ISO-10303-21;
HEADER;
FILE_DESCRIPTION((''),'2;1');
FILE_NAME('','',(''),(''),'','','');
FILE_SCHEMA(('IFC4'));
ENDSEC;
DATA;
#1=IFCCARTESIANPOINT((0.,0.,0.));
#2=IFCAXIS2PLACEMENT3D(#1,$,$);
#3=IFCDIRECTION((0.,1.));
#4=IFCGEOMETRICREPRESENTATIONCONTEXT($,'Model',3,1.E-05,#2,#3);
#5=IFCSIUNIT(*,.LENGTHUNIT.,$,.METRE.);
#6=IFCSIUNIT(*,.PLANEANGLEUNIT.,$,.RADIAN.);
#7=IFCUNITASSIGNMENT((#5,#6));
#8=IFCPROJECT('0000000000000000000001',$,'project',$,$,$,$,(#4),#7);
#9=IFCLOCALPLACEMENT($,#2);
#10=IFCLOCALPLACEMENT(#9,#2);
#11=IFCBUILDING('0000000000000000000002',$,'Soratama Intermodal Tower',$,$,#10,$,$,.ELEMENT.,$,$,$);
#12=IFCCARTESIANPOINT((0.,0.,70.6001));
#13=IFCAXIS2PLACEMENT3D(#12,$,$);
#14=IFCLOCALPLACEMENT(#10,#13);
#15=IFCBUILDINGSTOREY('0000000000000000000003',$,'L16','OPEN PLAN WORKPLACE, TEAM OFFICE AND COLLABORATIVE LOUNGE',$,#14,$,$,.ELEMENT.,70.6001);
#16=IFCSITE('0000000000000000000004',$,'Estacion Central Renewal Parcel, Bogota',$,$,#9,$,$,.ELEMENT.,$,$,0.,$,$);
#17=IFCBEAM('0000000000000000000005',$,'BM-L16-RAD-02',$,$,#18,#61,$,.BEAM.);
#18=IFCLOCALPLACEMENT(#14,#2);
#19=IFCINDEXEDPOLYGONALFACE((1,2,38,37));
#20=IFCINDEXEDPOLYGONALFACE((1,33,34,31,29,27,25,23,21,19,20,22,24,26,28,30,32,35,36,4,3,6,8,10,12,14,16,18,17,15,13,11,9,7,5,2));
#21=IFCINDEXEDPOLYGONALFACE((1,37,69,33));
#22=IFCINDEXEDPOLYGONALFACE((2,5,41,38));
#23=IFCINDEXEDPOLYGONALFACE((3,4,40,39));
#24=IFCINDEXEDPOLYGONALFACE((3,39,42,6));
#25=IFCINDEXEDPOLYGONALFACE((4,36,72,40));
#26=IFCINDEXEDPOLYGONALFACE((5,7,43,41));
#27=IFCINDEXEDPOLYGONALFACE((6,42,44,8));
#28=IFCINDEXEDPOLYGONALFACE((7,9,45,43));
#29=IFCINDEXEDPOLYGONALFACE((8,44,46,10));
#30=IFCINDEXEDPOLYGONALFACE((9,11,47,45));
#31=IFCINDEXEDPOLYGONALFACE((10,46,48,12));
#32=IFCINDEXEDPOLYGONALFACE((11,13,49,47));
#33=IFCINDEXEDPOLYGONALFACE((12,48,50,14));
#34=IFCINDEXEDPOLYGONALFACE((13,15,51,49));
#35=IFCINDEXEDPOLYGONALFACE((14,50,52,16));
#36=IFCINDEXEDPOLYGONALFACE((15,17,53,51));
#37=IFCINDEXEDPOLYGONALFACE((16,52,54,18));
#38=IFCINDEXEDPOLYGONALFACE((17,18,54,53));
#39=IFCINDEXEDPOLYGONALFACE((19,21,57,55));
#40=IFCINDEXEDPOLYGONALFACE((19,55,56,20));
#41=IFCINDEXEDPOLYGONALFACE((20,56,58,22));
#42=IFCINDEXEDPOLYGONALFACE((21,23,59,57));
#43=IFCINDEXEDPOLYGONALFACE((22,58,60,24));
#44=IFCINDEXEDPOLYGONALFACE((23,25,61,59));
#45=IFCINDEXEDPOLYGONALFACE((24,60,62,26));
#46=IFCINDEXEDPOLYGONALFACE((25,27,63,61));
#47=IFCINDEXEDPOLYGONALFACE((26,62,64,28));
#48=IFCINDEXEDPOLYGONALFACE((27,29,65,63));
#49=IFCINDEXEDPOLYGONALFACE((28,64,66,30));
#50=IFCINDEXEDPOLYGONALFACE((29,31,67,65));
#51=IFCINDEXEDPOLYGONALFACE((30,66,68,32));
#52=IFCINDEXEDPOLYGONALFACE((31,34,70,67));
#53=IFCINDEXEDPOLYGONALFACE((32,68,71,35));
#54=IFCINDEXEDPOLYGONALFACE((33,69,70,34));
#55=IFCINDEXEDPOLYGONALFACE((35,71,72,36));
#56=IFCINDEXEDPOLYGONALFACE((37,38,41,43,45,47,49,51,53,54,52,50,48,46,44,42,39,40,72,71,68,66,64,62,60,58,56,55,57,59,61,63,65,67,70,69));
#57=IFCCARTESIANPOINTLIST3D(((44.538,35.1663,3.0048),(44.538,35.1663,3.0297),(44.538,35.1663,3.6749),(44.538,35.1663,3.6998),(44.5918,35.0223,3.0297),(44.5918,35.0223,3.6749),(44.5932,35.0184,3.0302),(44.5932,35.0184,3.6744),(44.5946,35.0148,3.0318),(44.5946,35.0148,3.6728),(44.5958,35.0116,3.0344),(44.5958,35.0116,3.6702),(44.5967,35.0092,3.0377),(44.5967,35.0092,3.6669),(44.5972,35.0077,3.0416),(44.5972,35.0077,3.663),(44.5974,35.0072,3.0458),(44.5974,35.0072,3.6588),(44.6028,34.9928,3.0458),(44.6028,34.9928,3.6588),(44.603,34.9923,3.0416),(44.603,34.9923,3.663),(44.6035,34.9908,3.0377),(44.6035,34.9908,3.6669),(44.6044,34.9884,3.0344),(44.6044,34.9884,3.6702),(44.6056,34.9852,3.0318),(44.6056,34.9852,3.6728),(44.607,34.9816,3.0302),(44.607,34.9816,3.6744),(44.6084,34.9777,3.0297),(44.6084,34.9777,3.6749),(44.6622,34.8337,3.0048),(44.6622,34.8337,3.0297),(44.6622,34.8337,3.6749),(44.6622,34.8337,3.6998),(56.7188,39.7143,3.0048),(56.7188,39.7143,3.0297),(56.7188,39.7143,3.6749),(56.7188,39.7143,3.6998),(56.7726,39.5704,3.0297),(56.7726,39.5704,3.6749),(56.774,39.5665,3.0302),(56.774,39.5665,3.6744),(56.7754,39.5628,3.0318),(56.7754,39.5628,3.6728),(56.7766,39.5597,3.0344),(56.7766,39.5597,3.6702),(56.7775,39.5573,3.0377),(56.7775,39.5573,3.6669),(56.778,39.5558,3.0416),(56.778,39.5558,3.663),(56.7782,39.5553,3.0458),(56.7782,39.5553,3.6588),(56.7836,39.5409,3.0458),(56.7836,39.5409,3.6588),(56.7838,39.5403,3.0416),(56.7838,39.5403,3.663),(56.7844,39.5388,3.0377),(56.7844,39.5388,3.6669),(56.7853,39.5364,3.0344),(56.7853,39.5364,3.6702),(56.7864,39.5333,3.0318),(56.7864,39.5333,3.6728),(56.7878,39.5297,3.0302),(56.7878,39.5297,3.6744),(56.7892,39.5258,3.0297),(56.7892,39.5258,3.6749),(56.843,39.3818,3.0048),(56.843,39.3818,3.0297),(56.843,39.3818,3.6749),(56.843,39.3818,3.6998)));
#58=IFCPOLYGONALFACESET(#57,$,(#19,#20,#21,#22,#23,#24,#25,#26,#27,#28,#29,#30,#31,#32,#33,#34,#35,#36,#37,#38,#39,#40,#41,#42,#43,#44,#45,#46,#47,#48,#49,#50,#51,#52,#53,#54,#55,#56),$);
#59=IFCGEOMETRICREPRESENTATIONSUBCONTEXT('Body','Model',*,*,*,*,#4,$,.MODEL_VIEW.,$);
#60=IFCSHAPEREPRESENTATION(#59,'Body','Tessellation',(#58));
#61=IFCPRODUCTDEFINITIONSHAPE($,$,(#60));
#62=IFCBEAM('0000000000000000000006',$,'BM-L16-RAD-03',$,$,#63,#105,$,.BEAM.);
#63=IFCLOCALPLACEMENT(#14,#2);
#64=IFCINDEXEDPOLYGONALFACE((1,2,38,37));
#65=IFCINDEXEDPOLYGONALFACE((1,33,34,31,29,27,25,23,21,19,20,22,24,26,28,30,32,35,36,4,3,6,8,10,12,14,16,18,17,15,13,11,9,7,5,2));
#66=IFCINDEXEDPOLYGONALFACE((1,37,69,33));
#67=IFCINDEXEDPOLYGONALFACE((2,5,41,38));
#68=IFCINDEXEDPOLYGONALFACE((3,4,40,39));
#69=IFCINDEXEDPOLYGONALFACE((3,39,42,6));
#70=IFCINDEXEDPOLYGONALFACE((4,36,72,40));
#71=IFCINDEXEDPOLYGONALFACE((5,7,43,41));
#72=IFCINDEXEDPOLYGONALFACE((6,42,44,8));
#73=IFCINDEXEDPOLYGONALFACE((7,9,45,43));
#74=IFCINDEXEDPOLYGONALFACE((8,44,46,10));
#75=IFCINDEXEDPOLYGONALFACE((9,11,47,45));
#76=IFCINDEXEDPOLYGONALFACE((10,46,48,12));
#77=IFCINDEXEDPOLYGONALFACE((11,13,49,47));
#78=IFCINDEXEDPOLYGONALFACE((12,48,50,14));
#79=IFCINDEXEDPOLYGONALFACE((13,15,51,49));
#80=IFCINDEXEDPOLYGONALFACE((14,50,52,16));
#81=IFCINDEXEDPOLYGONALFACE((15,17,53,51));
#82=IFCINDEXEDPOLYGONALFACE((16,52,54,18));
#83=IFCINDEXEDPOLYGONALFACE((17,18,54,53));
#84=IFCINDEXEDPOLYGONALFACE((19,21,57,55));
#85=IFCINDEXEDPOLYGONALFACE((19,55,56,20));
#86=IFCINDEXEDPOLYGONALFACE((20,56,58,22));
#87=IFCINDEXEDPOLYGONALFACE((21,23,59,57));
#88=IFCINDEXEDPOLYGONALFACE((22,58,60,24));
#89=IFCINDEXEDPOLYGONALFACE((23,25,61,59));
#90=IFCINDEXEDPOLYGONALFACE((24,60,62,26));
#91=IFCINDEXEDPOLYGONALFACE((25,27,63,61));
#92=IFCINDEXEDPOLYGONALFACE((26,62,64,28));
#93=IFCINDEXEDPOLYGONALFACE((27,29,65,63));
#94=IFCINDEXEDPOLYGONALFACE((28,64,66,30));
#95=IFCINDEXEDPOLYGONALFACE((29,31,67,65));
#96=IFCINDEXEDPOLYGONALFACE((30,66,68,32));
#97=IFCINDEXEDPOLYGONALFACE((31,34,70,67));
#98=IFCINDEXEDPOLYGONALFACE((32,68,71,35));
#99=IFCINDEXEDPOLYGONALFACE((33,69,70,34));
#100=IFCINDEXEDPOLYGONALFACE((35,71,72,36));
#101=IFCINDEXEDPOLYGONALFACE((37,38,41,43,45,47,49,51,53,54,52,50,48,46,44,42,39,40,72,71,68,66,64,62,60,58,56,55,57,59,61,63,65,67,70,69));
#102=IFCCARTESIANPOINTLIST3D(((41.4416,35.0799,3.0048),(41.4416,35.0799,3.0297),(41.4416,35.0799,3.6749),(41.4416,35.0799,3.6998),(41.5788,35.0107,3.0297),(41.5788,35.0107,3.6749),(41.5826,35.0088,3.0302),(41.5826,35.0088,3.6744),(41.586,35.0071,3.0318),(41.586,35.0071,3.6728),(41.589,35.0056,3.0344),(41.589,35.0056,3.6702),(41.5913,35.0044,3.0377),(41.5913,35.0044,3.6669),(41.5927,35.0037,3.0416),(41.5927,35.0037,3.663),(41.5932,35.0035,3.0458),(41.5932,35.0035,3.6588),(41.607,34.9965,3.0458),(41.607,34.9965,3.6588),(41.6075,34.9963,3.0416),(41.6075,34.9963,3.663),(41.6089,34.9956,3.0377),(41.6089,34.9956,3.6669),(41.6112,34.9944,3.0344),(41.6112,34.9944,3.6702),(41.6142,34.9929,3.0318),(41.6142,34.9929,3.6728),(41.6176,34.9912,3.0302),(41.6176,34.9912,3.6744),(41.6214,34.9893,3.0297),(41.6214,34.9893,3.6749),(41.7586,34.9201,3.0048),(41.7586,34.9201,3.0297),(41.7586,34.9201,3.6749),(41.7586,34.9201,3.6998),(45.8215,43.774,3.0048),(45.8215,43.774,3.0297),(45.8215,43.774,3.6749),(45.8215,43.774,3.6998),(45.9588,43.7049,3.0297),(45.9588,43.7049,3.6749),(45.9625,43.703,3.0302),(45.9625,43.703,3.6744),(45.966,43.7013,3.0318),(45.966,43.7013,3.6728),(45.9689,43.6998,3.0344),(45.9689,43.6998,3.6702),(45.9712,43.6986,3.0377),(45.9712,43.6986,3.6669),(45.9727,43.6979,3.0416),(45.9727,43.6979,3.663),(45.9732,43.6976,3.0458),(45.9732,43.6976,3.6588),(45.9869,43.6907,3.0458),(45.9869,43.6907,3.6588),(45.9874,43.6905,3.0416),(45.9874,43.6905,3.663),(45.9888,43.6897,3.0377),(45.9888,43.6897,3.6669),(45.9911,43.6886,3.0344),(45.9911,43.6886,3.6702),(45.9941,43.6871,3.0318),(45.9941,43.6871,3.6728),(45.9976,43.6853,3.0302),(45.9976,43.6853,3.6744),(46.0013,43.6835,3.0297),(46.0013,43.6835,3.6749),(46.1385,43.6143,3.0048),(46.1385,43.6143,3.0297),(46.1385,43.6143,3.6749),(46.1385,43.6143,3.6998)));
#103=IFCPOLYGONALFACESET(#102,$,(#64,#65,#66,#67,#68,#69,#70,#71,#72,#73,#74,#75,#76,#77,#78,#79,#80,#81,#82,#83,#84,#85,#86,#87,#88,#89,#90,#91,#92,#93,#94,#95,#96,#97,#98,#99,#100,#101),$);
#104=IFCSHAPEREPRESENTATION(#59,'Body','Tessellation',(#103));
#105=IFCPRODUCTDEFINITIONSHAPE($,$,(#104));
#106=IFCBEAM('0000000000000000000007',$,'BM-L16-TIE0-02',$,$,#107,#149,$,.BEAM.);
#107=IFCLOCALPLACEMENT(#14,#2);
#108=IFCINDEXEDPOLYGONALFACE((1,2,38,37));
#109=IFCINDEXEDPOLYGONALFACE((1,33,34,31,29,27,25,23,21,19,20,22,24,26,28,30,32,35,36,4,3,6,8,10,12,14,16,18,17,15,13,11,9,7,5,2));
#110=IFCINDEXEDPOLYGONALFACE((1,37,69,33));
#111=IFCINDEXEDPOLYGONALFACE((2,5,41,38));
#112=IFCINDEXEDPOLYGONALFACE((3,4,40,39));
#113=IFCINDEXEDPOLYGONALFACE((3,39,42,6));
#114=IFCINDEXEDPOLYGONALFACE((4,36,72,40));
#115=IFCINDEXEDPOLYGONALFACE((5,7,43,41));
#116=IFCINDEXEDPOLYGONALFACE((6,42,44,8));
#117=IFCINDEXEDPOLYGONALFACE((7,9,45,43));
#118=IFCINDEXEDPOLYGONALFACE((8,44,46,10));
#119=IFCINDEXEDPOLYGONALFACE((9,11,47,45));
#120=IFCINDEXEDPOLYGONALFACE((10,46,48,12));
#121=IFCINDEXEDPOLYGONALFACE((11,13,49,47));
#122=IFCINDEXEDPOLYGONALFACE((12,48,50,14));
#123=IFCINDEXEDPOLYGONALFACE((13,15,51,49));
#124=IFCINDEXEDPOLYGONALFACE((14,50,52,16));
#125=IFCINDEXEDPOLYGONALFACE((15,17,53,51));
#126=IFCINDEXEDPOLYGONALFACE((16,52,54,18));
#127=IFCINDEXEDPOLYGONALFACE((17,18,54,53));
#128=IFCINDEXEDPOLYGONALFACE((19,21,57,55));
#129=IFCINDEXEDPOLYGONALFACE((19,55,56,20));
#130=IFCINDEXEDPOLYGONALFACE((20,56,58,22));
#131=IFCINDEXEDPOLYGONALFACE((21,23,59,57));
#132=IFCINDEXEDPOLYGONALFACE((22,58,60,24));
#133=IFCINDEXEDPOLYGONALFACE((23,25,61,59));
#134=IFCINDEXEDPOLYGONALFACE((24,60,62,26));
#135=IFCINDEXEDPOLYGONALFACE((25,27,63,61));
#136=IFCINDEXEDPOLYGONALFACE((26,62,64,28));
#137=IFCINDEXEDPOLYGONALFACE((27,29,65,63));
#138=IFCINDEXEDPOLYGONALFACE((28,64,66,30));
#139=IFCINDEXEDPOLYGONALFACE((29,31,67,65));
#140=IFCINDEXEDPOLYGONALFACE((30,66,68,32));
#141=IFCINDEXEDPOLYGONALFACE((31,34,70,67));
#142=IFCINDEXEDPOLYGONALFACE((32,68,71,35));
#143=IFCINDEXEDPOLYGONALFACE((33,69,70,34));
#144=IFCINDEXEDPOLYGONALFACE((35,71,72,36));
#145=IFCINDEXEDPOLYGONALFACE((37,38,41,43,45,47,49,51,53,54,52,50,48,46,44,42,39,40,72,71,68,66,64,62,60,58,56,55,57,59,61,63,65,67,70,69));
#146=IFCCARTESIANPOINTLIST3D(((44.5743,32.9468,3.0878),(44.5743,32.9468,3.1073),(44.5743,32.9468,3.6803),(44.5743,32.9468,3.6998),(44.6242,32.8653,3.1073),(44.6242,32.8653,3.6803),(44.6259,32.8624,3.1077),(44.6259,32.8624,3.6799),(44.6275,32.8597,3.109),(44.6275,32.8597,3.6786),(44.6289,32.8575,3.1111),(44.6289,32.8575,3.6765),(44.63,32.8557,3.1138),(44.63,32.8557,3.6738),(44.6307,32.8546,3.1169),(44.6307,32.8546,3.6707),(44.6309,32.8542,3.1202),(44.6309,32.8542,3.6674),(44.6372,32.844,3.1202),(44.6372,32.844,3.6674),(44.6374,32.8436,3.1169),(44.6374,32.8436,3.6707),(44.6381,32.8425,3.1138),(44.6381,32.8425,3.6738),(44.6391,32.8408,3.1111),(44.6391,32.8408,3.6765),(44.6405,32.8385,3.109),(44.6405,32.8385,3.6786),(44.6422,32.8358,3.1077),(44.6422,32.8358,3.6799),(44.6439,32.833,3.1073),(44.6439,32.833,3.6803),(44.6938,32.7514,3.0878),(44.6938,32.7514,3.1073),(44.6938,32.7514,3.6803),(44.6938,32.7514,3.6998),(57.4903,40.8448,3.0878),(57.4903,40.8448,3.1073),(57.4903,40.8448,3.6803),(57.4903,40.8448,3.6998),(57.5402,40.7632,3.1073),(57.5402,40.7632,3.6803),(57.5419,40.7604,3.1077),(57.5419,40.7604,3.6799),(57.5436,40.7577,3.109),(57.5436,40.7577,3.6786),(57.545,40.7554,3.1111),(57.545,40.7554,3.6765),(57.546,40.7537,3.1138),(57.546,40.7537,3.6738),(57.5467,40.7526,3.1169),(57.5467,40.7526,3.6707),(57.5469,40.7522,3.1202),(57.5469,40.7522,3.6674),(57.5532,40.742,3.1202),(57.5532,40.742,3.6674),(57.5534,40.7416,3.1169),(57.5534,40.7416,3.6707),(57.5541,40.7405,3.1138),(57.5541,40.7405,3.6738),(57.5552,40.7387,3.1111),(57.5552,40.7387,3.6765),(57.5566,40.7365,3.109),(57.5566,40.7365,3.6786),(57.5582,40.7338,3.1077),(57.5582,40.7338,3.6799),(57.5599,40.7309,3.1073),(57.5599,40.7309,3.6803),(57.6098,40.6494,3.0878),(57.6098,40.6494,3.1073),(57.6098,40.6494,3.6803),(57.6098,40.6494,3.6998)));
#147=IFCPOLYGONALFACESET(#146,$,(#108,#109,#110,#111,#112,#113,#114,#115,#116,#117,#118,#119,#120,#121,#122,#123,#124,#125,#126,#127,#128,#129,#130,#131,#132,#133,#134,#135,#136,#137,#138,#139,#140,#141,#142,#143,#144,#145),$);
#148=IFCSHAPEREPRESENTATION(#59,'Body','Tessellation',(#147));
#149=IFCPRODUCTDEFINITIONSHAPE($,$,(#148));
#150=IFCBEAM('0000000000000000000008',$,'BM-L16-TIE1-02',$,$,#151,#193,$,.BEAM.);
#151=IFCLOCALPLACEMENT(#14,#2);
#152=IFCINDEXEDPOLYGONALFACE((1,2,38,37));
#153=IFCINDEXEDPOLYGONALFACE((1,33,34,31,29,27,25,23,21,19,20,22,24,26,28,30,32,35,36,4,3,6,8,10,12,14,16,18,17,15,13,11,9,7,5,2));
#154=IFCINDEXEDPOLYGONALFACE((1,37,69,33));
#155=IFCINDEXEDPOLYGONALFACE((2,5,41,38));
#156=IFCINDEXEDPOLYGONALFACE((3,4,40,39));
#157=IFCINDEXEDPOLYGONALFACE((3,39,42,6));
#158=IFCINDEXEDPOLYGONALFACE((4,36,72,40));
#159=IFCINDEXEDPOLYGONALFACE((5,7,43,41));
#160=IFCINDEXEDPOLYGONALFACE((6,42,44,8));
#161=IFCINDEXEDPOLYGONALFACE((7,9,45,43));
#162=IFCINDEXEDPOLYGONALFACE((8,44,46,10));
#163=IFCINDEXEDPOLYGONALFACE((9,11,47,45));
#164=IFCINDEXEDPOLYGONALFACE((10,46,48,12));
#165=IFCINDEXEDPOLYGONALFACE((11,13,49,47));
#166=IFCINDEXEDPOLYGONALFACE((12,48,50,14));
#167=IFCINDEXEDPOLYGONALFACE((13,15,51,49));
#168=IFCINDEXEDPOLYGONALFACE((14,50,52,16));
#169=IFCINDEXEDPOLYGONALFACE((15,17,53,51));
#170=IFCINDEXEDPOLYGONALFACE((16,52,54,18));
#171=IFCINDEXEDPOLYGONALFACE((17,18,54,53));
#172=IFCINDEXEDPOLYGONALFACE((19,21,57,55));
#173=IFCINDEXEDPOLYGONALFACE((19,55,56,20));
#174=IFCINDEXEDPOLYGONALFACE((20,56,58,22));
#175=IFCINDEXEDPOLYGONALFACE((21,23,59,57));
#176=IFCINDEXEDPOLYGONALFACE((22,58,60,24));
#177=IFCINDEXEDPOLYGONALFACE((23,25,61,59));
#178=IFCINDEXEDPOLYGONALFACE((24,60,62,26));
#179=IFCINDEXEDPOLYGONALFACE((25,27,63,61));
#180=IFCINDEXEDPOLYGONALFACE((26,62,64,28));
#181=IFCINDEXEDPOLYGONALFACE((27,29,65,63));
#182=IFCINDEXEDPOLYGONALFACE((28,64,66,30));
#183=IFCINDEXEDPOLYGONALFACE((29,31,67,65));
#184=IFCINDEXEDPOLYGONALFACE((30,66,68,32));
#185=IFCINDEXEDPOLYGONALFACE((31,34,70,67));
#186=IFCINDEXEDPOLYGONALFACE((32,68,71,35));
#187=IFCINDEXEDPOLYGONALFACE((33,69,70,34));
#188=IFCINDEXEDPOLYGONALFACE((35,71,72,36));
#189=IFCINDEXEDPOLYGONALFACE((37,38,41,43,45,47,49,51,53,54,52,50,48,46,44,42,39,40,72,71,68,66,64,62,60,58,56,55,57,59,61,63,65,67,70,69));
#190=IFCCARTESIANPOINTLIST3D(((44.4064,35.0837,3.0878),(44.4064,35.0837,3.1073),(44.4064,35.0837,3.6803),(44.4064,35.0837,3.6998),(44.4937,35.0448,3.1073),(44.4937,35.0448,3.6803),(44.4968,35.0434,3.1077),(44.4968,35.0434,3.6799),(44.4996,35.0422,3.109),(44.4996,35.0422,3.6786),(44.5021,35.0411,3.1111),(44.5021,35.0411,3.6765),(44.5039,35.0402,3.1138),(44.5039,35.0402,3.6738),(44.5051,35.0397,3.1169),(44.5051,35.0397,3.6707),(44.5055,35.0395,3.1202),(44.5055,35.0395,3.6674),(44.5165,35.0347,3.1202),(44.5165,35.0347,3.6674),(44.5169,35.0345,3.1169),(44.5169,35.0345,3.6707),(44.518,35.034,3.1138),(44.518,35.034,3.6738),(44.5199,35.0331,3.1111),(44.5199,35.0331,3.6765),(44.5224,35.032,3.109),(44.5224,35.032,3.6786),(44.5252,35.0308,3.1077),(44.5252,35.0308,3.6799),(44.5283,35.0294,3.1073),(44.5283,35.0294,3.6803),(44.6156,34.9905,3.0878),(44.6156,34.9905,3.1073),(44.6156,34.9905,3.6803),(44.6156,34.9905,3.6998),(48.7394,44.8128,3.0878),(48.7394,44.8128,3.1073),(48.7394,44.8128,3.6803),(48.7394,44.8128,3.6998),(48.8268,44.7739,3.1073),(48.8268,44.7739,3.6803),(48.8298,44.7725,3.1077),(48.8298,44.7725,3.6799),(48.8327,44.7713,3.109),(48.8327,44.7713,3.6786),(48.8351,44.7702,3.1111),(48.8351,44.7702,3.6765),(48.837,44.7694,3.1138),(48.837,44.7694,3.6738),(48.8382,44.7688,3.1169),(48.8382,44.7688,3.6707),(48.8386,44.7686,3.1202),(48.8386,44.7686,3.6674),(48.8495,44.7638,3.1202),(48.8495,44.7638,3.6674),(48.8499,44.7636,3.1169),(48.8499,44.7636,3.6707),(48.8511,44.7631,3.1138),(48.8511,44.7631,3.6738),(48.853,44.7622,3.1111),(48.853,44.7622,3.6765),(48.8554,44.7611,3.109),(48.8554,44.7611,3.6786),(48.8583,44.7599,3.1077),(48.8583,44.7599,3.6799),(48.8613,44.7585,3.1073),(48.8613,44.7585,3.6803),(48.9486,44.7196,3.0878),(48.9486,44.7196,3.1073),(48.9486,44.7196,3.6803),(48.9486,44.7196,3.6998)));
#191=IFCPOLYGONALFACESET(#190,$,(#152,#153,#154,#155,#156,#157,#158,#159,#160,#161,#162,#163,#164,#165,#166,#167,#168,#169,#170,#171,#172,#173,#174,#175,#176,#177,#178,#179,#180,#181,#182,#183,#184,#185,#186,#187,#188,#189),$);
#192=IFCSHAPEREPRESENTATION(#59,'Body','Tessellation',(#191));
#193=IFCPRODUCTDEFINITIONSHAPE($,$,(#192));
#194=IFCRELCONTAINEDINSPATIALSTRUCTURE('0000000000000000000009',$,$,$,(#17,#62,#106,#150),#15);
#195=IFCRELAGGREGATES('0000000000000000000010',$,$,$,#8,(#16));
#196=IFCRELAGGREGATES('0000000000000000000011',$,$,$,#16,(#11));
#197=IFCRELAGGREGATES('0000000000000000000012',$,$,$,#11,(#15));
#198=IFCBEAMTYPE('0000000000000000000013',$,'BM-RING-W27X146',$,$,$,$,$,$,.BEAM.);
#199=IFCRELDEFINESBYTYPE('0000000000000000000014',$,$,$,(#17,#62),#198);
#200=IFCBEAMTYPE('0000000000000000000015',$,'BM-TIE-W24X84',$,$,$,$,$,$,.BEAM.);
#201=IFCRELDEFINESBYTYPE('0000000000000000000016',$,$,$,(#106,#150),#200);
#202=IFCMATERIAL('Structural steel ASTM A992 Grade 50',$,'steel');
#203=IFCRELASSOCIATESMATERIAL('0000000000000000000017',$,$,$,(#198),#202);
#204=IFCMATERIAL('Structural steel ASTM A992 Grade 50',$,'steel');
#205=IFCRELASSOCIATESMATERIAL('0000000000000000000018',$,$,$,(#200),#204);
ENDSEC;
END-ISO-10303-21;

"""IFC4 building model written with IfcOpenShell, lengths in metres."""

from ifc_helpers import new_model, si_unit, direction, frame, origin, origin_2d, place, context, subcontext, project, spatial, i_section, extrude, material, material_profile, profile_set, type_object, element, save


model = new_model("IFC4")

# Units and contexts
model_context = context("Model", 3, precision=1e-05, world=origin(), true_north=direction((0.0, 1.0)))
body_context = subcontext(model_context, "Body", "Model", "MODEL_VIEW")
ifc_project = project(units=[si_unit("LENGTHUNIT", "METRE"), si_unit("PLANEANGLEUNIT", "RADIAN")], contexts=[model_context])

# Site, building, storey
site_placement = place(None, origin())
site = spatial("IfcSite", under=ifc_project, at=site_placement, Name="Estacion Central Renewal Parcel, Bogota", CompositionType="ELEMENT", RefElevation=0.0)
building_placement = place(site_placement, origin())
building = spatial("IfcBuilding", under=site, at=building_placement, Name="Soratama Intermodal Tower", CompositionType="ELEMENT")
storey_placement = place(building_placement, frame((0.0, 0.0, 70.6001)))
storey = spatial("IfcBuildingStorey", under=building, at=storey_placement, Name="L16", Description="OPEN PLAN WORKPLACE, TEAM OFFICE AND COLLABORATIVE LOUNGE", CompositionType="ELEMENT", Elevation=70.6001)

# Beams
ifc_material_1 = material(Name="Structural steel ASTM A992 Grade 50", Category="steel")
ifc_material_profile_1 = material_profile(ifc_material_1, i_section(OverallWidth=0.355, OverallDepth=0.6951, WebThickness=0.0154, FlangeThickness=0.0249, FilletRadius=0.0161, at=origin_2d()), Name="W27X146")
ifc_profile_set_1 = profile_set([ifc_material_profile_1], Name="Structural steel ASTM A992 Grade 50")
beam_type_1 = type_object("IfcBeamType", Name="BM-RING-W27X146", PredefinedType="BEAM", material=ifc_profile_set_1)
beam_1_placement = place(storey_placement, frame((44.6001, 35.0, 3.3523), z_axis=(0.936827, 0.349792, 0.0), x_axis=(-0.349792, 0.936827, 0.0)))
element("IfcBeam", 1, at=beam_1_placement, inside=storey, type_object=beam_type_1, Name="BM-L16-RAD-02", PredefinedType="BEAM", context=body_context, shape_type="SweptSolid", body=[
    extrude(i_section(OverallWidth=0.355, OverallDepth=0.6951, WebThickness=0.0154, FlangeThickness=0.0249, FilletRadius=0.0161, at=origin_2d()), origin(), (0.0, 0.0, 1.0), 13.0022),
])
beam_2_placement = place(storey_placement, frame((41.6001, 35.0, 3.3523), z_axis=(0.44991, 0.893074, 0.0), x_axis=(-0.893074, 0.44991, 0.0)))
element("IfcBeam", 2, at=beam_2_placement, inside=storey, type_object=beam_type_1, Name="BM-L16-RAD-03", PredefinedType="BEAM", context=body_context, shape_type="SweptSolid", body=[
    extrude(i_section(OverallWidth=0.355, OverallDepth=0.6951, WebThickness=0.0154, FlangeThickness=0.0249, FilletRadius=0.0161, at=origin_2d()), origin(), (0.0, 0.0, 1.0), 9.7351),
])
ifc_material_2 = material(Name="Structural steel ASTM A992 Grade 50", Category="steel")
ifc_material_profile_2 = material_profile(ifc_material_2, i_section(OverallWidth=0.229, OverallDepth=0.6121, WebThickness=0.012, FlangeThickness=0.0195, FilletRadius=0.0129, at=origin_2d()), Name="W24X84")
ifc_profile_set_2 = profile_set([ifc_material_profile_2], Name="Structural steel ASTM A992 Grade 50")
beam_type_2 = type_object("IfcBeamType", Name="BM-TIE-W24X84", PredefinedType="BEAM", material=ifc_profile_set_2)
beam_3_placement = place(storey_placement, frame((44.634, 32.8491, 3.3938), z_axis=(0.85314, 0.521682, 0.0), x_axis=(-0.521682, 0.85314, 0.0)))
element("IfcBeam", 3, at=beam_3_placement, inside=storey, type_object=beam_type_2, Name="BM-L16-TIE0-02", PredefinedType="BEAM", context=body_context, shape_type="SweptSolid", body=[
    extrude(i_section(OverallWidth=0.229, OverallDepth=0.6121, WebThickness=0.012, FlangeThickness=0.0195, FilletRadius=0.0129, at=origin_2d()), origin(), (0.0, 0.0, 1.0), 15.1394),
])
beam_4_placement = place(storey_placement, frame((44.511, 35.0371, 3.3938), z_axis=(0.406844, 0.913497, 0.0), x_axis=(-0.913497, 0.406844, 0.0)))
element("IfcBeam", 4, at=beam_4_placement, inside=storey, type_object=beam_type_2, Name="BM-L16-TIE1-02", PredefinedType="BEAM", context=body_context, shape_type="SweptSolid", body=[
    extrude(i_section(OverallWidth=0.229, OverallDepth=0.6121, WebThickness=0.012, FlangeThickness=0.0195, FilletRadius=0.0129, at=origin_2d()), origin(), (0.0, 0.0, 1.0), 10.6504),
])

save(model, "model.ifc")
